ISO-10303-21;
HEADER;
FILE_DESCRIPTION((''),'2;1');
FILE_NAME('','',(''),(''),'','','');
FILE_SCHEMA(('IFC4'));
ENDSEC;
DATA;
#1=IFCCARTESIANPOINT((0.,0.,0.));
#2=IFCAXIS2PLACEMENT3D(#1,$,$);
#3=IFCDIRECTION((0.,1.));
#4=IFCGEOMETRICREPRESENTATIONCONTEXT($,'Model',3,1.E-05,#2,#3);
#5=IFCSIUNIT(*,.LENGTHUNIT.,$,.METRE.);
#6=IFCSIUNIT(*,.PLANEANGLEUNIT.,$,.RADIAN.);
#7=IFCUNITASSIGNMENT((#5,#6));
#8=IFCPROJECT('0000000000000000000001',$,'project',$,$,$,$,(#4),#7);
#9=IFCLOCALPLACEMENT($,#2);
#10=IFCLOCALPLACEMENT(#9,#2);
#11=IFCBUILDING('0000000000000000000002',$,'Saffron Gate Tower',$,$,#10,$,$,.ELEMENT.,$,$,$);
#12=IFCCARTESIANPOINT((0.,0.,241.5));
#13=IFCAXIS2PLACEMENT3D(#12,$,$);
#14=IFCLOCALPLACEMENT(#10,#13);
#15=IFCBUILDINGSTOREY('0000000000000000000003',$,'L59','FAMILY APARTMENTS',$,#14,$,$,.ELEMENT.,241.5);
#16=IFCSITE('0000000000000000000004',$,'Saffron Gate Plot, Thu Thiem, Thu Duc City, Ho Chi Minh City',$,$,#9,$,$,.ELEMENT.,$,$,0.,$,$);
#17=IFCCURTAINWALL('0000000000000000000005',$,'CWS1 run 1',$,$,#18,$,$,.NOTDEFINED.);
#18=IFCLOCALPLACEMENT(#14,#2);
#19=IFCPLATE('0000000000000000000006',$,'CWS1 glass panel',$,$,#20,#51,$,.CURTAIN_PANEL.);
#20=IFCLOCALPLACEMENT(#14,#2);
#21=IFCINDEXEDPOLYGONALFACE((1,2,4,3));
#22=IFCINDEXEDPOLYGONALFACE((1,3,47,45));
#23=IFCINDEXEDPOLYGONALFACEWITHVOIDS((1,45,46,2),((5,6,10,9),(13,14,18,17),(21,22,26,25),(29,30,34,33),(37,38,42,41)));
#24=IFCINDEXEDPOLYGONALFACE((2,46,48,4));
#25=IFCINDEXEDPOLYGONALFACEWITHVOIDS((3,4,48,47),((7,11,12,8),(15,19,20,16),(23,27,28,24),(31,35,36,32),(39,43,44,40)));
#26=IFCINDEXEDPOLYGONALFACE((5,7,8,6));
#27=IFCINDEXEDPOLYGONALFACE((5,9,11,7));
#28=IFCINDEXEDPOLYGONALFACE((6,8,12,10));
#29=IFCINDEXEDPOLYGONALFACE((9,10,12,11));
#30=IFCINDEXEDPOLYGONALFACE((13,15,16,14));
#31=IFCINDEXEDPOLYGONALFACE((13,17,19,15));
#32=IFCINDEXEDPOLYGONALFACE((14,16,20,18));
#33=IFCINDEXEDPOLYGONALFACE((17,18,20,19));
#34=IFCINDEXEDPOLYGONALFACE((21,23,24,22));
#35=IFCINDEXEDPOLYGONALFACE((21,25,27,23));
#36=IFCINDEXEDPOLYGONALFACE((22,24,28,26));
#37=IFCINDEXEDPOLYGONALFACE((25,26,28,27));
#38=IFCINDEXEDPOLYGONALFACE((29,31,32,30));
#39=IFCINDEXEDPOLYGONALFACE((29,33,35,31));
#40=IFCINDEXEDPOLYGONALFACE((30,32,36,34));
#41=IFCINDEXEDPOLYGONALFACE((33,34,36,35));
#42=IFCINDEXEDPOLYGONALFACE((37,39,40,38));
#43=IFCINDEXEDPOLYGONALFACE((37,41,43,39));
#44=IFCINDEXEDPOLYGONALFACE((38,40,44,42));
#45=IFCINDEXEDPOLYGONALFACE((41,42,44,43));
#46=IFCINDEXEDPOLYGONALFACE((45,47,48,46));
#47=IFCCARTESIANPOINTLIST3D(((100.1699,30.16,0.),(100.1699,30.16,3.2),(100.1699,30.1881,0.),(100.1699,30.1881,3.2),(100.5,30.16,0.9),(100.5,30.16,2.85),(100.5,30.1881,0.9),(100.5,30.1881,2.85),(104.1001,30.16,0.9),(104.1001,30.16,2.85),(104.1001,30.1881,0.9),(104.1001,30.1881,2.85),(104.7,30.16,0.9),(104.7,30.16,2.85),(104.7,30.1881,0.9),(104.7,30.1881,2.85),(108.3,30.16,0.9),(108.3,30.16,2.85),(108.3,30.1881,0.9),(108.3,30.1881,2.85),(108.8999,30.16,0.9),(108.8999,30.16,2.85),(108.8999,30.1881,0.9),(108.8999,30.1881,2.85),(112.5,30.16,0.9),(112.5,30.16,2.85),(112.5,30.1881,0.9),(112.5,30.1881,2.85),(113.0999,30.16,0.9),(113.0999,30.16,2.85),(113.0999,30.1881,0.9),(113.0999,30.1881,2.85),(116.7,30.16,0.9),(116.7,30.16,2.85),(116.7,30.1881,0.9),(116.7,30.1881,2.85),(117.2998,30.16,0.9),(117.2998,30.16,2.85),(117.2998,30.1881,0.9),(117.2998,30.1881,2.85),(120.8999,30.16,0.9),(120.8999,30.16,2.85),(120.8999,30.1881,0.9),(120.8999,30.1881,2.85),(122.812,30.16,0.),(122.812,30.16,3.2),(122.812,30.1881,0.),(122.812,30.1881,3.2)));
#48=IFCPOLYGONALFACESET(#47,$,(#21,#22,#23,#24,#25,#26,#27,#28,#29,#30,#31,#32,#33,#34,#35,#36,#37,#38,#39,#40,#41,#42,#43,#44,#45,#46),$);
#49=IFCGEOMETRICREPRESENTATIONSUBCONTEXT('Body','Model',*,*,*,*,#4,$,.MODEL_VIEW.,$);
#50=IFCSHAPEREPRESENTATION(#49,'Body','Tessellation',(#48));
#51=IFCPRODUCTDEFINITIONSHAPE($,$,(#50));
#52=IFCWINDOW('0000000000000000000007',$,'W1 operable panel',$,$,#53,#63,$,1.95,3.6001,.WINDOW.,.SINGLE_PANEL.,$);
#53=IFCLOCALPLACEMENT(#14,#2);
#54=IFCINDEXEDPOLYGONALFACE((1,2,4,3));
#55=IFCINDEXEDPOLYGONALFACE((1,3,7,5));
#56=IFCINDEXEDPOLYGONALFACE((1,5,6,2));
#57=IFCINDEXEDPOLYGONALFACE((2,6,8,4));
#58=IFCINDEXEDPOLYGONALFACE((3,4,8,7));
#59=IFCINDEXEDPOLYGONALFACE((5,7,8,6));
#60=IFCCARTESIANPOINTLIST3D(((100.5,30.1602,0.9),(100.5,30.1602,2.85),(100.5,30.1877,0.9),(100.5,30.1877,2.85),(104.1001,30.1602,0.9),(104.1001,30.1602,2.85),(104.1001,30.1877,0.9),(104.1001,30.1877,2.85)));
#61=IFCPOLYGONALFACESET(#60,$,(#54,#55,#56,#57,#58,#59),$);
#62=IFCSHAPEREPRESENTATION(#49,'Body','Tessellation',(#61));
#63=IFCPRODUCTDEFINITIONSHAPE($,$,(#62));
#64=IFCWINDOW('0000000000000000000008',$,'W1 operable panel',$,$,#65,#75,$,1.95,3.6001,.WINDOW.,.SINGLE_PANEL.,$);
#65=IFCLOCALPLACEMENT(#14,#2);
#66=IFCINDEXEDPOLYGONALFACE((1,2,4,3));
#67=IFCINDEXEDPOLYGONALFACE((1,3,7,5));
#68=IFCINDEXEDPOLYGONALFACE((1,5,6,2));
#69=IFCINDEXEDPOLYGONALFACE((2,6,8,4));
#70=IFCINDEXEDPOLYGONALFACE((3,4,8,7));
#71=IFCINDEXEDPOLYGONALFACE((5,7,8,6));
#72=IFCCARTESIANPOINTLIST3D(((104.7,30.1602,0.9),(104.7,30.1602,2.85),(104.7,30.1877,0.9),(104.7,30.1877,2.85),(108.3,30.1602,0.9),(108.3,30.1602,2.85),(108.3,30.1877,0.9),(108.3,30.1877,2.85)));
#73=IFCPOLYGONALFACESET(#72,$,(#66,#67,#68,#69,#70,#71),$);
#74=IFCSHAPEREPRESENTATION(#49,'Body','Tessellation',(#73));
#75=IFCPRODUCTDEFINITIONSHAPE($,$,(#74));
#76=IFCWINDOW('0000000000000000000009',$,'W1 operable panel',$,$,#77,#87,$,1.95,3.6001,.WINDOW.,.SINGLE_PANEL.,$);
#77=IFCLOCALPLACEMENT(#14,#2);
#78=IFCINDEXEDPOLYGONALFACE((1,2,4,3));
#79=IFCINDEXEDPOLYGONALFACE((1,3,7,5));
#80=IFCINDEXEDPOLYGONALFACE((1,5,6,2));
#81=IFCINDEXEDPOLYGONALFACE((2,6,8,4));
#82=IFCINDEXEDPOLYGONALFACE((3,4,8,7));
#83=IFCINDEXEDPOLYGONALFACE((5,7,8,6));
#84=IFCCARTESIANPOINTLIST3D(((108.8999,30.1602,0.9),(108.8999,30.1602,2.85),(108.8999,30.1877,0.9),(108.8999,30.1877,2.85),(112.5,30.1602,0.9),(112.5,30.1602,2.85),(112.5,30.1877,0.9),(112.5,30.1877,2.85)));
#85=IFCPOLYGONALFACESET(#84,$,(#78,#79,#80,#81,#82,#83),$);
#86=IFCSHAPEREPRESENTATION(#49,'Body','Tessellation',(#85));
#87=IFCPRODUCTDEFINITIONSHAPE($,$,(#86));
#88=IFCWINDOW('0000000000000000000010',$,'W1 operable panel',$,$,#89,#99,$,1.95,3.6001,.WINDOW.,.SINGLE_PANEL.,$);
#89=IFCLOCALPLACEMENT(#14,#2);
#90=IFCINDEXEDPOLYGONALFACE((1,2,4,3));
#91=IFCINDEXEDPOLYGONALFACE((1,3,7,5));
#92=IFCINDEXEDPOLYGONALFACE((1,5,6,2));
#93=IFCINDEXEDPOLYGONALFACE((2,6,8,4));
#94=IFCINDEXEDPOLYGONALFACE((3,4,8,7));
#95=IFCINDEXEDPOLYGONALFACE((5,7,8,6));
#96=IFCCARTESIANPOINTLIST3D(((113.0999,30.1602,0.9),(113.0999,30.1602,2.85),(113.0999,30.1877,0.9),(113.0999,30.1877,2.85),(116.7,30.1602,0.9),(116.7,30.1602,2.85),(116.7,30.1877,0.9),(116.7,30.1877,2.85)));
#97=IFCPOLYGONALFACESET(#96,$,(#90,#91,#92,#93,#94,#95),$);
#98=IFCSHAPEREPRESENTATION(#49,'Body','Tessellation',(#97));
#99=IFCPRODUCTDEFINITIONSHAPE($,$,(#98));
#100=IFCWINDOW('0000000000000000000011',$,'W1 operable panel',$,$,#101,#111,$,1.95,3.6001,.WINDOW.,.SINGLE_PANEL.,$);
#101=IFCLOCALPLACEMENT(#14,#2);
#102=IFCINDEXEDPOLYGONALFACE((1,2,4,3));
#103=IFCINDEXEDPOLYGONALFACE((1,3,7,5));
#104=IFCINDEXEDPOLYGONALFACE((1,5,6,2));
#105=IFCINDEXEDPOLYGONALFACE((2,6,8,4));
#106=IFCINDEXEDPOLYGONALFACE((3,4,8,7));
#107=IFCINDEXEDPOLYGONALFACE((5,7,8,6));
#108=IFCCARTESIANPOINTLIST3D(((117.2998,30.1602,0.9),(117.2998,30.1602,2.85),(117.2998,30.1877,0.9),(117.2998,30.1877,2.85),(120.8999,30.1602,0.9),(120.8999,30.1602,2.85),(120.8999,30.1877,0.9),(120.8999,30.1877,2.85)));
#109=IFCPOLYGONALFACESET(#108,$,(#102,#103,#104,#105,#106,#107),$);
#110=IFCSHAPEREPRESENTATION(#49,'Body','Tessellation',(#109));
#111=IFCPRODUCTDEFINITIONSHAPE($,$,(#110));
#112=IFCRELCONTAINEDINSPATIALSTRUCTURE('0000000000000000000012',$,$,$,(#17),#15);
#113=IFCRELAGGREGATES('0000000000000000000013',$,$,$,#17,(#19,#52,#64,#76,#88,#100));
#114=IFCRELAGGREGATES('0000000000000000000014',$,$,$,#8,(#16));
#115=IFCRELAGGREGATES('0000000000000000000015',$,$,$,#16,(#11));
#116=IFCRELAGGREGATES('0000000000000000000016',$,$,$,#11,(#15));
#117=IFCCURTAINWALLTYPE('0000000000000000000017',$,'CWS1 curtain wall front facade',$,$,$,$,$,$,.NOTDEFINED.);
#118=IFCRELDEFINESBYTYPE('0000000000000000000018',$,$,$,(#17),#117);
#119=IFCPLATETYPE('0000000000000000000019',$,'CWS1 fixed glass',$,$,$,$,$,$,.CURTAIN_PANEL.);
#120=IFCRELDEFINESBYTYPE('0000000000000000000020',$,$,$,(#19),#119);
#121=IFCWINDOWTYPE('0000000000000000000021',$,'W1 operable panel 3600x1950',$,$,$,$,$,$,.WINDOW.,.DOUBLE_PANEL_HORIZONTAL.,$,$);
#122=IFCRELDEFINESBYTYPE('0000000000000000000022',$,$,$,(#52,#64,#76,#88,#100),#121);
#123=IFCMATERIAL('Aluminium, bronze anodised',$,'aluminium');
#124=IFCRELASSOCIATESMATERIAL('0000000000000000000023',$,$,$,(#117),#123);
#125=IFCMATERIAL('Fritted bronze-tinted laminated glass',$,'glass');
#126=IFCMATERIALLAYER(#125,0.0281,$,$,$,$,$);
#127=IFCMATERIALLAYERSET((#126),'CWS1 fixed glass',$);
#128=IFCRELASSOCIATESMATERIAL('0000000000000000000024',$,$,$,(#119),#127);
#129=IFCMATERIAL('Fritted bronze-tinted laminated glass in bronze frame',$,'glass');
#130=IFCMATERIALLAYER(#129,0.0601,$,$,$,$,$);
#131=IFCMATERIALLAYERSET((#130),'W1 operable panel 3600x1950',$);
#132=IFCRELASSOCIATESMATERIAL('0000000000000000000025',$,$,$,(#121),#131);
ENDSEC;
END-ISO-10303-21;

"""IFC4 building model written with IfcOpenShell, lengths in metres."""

from ifc_helpers import new_model, si_unit, direction, frame, frame_2d, origin, place, context, subcontext, project, spatial, rectangle, extrude, material, layer, layer_set, type_object, element, fill, aggregate, save


model = new_model("IFC4")

# Units and contexts
model_context = context("Model", 3, precision=1e-05, world=origin(), true_north=direction((0.0, 1.0)))
body_context = subcontext(model_context, "Body", "Model", "MODEL_VIEW")
ifc_project = project(units=[si_unit("LENGTHUNIT", "METRE"), si_unit("PLANEANGLEUNIT", "RADIAN")], contexts=[model_context])

# Site, building, storey
site_placement = place(None, origin())
site = spatial("IfcSite", under=ifc_project, at=site_placement, Name="Saffron Gate Plot, Thu Thiem, Thu Duc City, Ho Chi Minh City", CompositionType="ELEMENT", RefElevation=0.0)
building_placement = place(site_placement, origin())
building = spatial("IfcBuilding", under=site, at=building_placement, Name="Saffron Gate Tower", CompositionType="ELEMENT")
storey_placement = place(building_placement, frame((0.0, 0.0, 241.5)))
storey = spatial("IfcBuildingStorey", under=building, at=storey_placement, Name="L59", Description="FAMILY APARTMENTS", CompositionType="ELEMENT", Elevation=241.5)

# Curtain wall, plate, openings, windows
ifc_material_1 = material(Name="Aluminium, bronze anodised", Category="aluminium")
curtain_wall_type = type_object("IfcCurtainWallType", Name="CWS1 curtain wall front facade", PredefinedType="NOTDEFINED", material=ifc_material_1)
curtain_wall_placement = place(storey_placement, origin())
curtain_wall = element("IfcCurtainWall", 1, at=curtain_wall_placement, inside=storey, type_object=curtain_wall_type, Name="CWS1 run 1", PredefinedType="NOTDEFINED")
ifc_material_2 = material(Name="Fritted bronze-tinted laminated glass", Category="glass")
ifc_layer_1 = layer(ifc_material_2, 0.0281)
ifc_layer_set_1 = layer_set([ifc_layer_1], Name="CWS1 fixed glass")
plate_type = type_object("IfcPlateType", Name="CWS1 fixed glass", PredefinedType="CURTAIN_PANEL", material=ifc_layer_set_1)
plate_placement = place(storey_placement, frame((100.1699, 30.1741, 0.0), z_axis=(0.0, 0.0, 1.0), x_axis=(1.0, 0.0, 0.0)))
plate = element("IfcPlate", 2, at=plate_placement, type_object=plate_type, Name="CWS1 glass panel", PredefinedType="CURTAIN_PANEL", context=body_context, shape_type="SweptSolid", body=[
    extrude(rectangle(XDim=22.6421, YDim=0.0281, at=frame_2d((11.321, 0.0))), origin(), (0.0, 0.0, 1.0), 3.2),
])
opening_1_placement = place(plate_placement, frame((0.3301, 0.0, 0.8999)))
opening_1 = element("IfcOpeningElement", 3, at=opening_1_placement, cuts=plate, PredefinedType="OPENING", context=body_context, shape_type="SweptSolid", body=[
    extrude(rectangle(XDim=3.6001, YDim=1.95, at=frame_2d((1.8, 0.9751))), frame((0.0, 0.0239, 0.0), z_axis=(0.0, -1.0, 0.0), x_axis=(1.0, 0.0, 0.0)), (0.0, 0.0, 1.0), 0.0481),
])
opening_2_placement = place(plate_placement, frame((4.53, 0.0, 0.8999)))
opening_2 = element("IfcOpeningElement", 4, at=opening_2_placement, cuts=plate, PredefinedType="OPENING", context=body_context, shape_type="SweptSolid", body=[
    extrude(rectangle(XDim=3.6001, YDim=1.95, at=frame_2d((1.8, 0.9751))), frame((0.0, 0.0239, 0.0), z_axis=(0.0, -1.0, 0.0), x_axis=(1.0, 0.0, 0.0)), (0.0, 0.0, 1.0), 0.0481),
])
opening_3_placement = place(plate_placement, frame((8.73, 0.0, 0.8999)))
opening_3 = element("IfcOpeningElement", 5, at=opening_3_placement, cuts=plate, PredefinedType="OPENING", context=body_context, shape_type="SweptSolid", body=[
    extrude(rectangle(XDim=3.6001, YDim=1.95, at=frame_2d((1.8, 0.9751))), frame((0.0, 0.0239, 0.0), z_axis=(0.0, -1.0, 0.0), x_axis=(1.0, 0.0, 0.0)), (0.0, 0.0, 1.0), 0.0481),
])
opening_4_placement = place(plate_placement, frame((12.9299, 0.0, 0.8999)))
opening_4 = element("IfcOpeningElement", 6, at=opening_4_placement, cuts=plate, PredefinedType="OPENING", context=body_context, shape_type="SweptSolid", body=[
    extrude(rectangle(XDim=3.6001, YDim=1.95, at=frame_2d((1.8, 0.9751))), frame((0.0, 0.0239, 0.0), z_axis=(0.0, -1.0, 0.0), x_axis=(1.0, 0.0, 0.0)), (0.0, 0.0, 1.0), 0.0481),
])
opening_5_placement = place(plate_placement, frame((17.1299, 0.0, 0.8999)))
opening_5 = element("IfcOpeningElement", 7, at=opening_5_placement, cuts=plate, PredefinedType="OPENING", context=body_context, shape_type="SweptSolid", body=[
    extrude(rectangle(XDim=3.6001, YDim=1.95, at=frame_2d((1.8, 0.9751))), frame((0.0, 0.0239, 0.0), z_axis=(0.0, -1.0, 0.0), x_axis=(1.0, 0.0, 0.0)), (0.0, 0.0, 1.0), 0.0481),
])
ifc_material_3 = material(Name="Fritted bronze-tinted laminated glass in bronze frame", Category="glass")
ifc_layer_2 = layer(ifc_material_3, 0.0601)
ifc_layer_set_2 = layer_set([ifc_layer_2], Name="W1 operable panel 3600x1950")
window_type = type_object("IfcWindowType", Name="W1 operable panel 3600x1950", PartitioningType="DOUBLE_PANEL_HORIZONTAL", PredefinedType="WINDOW", material=ifc_layer_set_2)
window_1_placement = place(opening_1_placement, origin())
window_1 = element("IfcWindow", 8, at=window_1_placement, type_object=window_type, Name="W1 operable panel", OverallHeight=1.95, OverallWidth=3.6001, PartitioningType="SINGLE_PANEL", PredefinedType="WINDOW", context=body_context, shape_type="SweptSolid", body=[
    extrude(rectangle(XDim=3.6001, YDim=1.95, at=frame_2d((1.8, 0.9751))), frame((0.0, 0.0137, 0.0), z_axis=(0.0, -1.0, 0.0), x_axis=(1.0, 0.0, 0.0)), (0.0, 0.0, 1.0), 0.0276),
])
fill(opening_1, window_1)
window_2_placement = place(opening_2_placement, origin())
window_2 = element("IfcWindow", 9, at=window_2_placement, type_object=window_type, Name="W1 operable panel", OverallHeight=1.95, OverallWidth=3.6001, PartitioningType="SINGLE_PANEL", PredefinedType="WINDOW", context=body_context, shape_type="SweptSolid", body=[
    extrude(rectangle(XDim=3.6001, YDim=1.95, at=frame_2d((1.8, 0.9751))), frame((0.0, 0.0137, 0.0), z_axis=(0.0, -1.0, 0.0), x_axis=(1.0, 0.0, 0.0)), (0.0, 0.0, 1.0), 0.0276),
])
fill(opening_2, window_2)
window_3_placement = place(opening_3_placement, origin())
window_3 = element("IfcWindow", 10, at=window_3_placement, type_object=window_type, Name="W1 operable panel", OverallHeight=1.95, OverallWidth=3.6001, PartitioningType="SINGLE_PANEL", PredefinedType="WINDOW", context=body_context, shape_type="SweptSolid", body=[
    extrude(rectangle(XDim=3.6001, YDim=1.95, at=frame_2d((1.8, 0.9751))), frame((0.0, 0.0137, 0.0), z_axis=(0.0, -1.0, 0.0), x_axis=(1.0, 0.0, 0.0)), (0.0, 0.0, 1.0), 0.0276),
])
fill(opening_3, window_3)
window_4_placement = place(opening_4_placement, origin())
window_4 = element("IfcWindow", 11, at=window_4_placement, type_object=window_type, Name="W1 operable panel", OverallHeight=1.95, OverallWidth=3.6001, PartitioningType="SINGLE_PANEL", PredefinedType="WINDOW", context=body_context, shape_type="SweptSolid", body=[
    extrude(rectangle(XDim=3.6001, YDim=1.95, at=frame_2d((1.8, 0.9751))), frame((0.0, 0.0137, 0.0), z_axis=(0.0, -1.0, 0.0), x_axis=(1.0, 0.0, 0.0)), (0.0, 0.0, 1.0), 0.0276),
])
fill(opening_4, window_4)
window_5_placement = place(opening_5_placement, origin())
window_5 = element("IfcWindow", 12, at=window_5_placement, type_object=window_type, Name="W1 operable panel", OverallHeight=1.95, OverallWidth=3.6001, PartitioningType="SINGLE_PANEL", PredefinedType="WINDOW", context=body_context, shape_type="SweptSolid", body=[
    extrude(rectangle(XDim=3.6001, YDim=1.95, at=frame_2d((1.8, 0.9751))), frame((0.0, 0.0137, 0.0), z_axis=(0.0, -1.0, 0.0), x_axis=(1.0, 0.0, 0.0)), (0.0, 0.0, 1.0), 0.0276),
])
fill(opening_5, window_5)
aggregate(curtain_wall, [plate, window_1, window_2, window_3, window_4, window_5])

save(model, "model.ifc")
